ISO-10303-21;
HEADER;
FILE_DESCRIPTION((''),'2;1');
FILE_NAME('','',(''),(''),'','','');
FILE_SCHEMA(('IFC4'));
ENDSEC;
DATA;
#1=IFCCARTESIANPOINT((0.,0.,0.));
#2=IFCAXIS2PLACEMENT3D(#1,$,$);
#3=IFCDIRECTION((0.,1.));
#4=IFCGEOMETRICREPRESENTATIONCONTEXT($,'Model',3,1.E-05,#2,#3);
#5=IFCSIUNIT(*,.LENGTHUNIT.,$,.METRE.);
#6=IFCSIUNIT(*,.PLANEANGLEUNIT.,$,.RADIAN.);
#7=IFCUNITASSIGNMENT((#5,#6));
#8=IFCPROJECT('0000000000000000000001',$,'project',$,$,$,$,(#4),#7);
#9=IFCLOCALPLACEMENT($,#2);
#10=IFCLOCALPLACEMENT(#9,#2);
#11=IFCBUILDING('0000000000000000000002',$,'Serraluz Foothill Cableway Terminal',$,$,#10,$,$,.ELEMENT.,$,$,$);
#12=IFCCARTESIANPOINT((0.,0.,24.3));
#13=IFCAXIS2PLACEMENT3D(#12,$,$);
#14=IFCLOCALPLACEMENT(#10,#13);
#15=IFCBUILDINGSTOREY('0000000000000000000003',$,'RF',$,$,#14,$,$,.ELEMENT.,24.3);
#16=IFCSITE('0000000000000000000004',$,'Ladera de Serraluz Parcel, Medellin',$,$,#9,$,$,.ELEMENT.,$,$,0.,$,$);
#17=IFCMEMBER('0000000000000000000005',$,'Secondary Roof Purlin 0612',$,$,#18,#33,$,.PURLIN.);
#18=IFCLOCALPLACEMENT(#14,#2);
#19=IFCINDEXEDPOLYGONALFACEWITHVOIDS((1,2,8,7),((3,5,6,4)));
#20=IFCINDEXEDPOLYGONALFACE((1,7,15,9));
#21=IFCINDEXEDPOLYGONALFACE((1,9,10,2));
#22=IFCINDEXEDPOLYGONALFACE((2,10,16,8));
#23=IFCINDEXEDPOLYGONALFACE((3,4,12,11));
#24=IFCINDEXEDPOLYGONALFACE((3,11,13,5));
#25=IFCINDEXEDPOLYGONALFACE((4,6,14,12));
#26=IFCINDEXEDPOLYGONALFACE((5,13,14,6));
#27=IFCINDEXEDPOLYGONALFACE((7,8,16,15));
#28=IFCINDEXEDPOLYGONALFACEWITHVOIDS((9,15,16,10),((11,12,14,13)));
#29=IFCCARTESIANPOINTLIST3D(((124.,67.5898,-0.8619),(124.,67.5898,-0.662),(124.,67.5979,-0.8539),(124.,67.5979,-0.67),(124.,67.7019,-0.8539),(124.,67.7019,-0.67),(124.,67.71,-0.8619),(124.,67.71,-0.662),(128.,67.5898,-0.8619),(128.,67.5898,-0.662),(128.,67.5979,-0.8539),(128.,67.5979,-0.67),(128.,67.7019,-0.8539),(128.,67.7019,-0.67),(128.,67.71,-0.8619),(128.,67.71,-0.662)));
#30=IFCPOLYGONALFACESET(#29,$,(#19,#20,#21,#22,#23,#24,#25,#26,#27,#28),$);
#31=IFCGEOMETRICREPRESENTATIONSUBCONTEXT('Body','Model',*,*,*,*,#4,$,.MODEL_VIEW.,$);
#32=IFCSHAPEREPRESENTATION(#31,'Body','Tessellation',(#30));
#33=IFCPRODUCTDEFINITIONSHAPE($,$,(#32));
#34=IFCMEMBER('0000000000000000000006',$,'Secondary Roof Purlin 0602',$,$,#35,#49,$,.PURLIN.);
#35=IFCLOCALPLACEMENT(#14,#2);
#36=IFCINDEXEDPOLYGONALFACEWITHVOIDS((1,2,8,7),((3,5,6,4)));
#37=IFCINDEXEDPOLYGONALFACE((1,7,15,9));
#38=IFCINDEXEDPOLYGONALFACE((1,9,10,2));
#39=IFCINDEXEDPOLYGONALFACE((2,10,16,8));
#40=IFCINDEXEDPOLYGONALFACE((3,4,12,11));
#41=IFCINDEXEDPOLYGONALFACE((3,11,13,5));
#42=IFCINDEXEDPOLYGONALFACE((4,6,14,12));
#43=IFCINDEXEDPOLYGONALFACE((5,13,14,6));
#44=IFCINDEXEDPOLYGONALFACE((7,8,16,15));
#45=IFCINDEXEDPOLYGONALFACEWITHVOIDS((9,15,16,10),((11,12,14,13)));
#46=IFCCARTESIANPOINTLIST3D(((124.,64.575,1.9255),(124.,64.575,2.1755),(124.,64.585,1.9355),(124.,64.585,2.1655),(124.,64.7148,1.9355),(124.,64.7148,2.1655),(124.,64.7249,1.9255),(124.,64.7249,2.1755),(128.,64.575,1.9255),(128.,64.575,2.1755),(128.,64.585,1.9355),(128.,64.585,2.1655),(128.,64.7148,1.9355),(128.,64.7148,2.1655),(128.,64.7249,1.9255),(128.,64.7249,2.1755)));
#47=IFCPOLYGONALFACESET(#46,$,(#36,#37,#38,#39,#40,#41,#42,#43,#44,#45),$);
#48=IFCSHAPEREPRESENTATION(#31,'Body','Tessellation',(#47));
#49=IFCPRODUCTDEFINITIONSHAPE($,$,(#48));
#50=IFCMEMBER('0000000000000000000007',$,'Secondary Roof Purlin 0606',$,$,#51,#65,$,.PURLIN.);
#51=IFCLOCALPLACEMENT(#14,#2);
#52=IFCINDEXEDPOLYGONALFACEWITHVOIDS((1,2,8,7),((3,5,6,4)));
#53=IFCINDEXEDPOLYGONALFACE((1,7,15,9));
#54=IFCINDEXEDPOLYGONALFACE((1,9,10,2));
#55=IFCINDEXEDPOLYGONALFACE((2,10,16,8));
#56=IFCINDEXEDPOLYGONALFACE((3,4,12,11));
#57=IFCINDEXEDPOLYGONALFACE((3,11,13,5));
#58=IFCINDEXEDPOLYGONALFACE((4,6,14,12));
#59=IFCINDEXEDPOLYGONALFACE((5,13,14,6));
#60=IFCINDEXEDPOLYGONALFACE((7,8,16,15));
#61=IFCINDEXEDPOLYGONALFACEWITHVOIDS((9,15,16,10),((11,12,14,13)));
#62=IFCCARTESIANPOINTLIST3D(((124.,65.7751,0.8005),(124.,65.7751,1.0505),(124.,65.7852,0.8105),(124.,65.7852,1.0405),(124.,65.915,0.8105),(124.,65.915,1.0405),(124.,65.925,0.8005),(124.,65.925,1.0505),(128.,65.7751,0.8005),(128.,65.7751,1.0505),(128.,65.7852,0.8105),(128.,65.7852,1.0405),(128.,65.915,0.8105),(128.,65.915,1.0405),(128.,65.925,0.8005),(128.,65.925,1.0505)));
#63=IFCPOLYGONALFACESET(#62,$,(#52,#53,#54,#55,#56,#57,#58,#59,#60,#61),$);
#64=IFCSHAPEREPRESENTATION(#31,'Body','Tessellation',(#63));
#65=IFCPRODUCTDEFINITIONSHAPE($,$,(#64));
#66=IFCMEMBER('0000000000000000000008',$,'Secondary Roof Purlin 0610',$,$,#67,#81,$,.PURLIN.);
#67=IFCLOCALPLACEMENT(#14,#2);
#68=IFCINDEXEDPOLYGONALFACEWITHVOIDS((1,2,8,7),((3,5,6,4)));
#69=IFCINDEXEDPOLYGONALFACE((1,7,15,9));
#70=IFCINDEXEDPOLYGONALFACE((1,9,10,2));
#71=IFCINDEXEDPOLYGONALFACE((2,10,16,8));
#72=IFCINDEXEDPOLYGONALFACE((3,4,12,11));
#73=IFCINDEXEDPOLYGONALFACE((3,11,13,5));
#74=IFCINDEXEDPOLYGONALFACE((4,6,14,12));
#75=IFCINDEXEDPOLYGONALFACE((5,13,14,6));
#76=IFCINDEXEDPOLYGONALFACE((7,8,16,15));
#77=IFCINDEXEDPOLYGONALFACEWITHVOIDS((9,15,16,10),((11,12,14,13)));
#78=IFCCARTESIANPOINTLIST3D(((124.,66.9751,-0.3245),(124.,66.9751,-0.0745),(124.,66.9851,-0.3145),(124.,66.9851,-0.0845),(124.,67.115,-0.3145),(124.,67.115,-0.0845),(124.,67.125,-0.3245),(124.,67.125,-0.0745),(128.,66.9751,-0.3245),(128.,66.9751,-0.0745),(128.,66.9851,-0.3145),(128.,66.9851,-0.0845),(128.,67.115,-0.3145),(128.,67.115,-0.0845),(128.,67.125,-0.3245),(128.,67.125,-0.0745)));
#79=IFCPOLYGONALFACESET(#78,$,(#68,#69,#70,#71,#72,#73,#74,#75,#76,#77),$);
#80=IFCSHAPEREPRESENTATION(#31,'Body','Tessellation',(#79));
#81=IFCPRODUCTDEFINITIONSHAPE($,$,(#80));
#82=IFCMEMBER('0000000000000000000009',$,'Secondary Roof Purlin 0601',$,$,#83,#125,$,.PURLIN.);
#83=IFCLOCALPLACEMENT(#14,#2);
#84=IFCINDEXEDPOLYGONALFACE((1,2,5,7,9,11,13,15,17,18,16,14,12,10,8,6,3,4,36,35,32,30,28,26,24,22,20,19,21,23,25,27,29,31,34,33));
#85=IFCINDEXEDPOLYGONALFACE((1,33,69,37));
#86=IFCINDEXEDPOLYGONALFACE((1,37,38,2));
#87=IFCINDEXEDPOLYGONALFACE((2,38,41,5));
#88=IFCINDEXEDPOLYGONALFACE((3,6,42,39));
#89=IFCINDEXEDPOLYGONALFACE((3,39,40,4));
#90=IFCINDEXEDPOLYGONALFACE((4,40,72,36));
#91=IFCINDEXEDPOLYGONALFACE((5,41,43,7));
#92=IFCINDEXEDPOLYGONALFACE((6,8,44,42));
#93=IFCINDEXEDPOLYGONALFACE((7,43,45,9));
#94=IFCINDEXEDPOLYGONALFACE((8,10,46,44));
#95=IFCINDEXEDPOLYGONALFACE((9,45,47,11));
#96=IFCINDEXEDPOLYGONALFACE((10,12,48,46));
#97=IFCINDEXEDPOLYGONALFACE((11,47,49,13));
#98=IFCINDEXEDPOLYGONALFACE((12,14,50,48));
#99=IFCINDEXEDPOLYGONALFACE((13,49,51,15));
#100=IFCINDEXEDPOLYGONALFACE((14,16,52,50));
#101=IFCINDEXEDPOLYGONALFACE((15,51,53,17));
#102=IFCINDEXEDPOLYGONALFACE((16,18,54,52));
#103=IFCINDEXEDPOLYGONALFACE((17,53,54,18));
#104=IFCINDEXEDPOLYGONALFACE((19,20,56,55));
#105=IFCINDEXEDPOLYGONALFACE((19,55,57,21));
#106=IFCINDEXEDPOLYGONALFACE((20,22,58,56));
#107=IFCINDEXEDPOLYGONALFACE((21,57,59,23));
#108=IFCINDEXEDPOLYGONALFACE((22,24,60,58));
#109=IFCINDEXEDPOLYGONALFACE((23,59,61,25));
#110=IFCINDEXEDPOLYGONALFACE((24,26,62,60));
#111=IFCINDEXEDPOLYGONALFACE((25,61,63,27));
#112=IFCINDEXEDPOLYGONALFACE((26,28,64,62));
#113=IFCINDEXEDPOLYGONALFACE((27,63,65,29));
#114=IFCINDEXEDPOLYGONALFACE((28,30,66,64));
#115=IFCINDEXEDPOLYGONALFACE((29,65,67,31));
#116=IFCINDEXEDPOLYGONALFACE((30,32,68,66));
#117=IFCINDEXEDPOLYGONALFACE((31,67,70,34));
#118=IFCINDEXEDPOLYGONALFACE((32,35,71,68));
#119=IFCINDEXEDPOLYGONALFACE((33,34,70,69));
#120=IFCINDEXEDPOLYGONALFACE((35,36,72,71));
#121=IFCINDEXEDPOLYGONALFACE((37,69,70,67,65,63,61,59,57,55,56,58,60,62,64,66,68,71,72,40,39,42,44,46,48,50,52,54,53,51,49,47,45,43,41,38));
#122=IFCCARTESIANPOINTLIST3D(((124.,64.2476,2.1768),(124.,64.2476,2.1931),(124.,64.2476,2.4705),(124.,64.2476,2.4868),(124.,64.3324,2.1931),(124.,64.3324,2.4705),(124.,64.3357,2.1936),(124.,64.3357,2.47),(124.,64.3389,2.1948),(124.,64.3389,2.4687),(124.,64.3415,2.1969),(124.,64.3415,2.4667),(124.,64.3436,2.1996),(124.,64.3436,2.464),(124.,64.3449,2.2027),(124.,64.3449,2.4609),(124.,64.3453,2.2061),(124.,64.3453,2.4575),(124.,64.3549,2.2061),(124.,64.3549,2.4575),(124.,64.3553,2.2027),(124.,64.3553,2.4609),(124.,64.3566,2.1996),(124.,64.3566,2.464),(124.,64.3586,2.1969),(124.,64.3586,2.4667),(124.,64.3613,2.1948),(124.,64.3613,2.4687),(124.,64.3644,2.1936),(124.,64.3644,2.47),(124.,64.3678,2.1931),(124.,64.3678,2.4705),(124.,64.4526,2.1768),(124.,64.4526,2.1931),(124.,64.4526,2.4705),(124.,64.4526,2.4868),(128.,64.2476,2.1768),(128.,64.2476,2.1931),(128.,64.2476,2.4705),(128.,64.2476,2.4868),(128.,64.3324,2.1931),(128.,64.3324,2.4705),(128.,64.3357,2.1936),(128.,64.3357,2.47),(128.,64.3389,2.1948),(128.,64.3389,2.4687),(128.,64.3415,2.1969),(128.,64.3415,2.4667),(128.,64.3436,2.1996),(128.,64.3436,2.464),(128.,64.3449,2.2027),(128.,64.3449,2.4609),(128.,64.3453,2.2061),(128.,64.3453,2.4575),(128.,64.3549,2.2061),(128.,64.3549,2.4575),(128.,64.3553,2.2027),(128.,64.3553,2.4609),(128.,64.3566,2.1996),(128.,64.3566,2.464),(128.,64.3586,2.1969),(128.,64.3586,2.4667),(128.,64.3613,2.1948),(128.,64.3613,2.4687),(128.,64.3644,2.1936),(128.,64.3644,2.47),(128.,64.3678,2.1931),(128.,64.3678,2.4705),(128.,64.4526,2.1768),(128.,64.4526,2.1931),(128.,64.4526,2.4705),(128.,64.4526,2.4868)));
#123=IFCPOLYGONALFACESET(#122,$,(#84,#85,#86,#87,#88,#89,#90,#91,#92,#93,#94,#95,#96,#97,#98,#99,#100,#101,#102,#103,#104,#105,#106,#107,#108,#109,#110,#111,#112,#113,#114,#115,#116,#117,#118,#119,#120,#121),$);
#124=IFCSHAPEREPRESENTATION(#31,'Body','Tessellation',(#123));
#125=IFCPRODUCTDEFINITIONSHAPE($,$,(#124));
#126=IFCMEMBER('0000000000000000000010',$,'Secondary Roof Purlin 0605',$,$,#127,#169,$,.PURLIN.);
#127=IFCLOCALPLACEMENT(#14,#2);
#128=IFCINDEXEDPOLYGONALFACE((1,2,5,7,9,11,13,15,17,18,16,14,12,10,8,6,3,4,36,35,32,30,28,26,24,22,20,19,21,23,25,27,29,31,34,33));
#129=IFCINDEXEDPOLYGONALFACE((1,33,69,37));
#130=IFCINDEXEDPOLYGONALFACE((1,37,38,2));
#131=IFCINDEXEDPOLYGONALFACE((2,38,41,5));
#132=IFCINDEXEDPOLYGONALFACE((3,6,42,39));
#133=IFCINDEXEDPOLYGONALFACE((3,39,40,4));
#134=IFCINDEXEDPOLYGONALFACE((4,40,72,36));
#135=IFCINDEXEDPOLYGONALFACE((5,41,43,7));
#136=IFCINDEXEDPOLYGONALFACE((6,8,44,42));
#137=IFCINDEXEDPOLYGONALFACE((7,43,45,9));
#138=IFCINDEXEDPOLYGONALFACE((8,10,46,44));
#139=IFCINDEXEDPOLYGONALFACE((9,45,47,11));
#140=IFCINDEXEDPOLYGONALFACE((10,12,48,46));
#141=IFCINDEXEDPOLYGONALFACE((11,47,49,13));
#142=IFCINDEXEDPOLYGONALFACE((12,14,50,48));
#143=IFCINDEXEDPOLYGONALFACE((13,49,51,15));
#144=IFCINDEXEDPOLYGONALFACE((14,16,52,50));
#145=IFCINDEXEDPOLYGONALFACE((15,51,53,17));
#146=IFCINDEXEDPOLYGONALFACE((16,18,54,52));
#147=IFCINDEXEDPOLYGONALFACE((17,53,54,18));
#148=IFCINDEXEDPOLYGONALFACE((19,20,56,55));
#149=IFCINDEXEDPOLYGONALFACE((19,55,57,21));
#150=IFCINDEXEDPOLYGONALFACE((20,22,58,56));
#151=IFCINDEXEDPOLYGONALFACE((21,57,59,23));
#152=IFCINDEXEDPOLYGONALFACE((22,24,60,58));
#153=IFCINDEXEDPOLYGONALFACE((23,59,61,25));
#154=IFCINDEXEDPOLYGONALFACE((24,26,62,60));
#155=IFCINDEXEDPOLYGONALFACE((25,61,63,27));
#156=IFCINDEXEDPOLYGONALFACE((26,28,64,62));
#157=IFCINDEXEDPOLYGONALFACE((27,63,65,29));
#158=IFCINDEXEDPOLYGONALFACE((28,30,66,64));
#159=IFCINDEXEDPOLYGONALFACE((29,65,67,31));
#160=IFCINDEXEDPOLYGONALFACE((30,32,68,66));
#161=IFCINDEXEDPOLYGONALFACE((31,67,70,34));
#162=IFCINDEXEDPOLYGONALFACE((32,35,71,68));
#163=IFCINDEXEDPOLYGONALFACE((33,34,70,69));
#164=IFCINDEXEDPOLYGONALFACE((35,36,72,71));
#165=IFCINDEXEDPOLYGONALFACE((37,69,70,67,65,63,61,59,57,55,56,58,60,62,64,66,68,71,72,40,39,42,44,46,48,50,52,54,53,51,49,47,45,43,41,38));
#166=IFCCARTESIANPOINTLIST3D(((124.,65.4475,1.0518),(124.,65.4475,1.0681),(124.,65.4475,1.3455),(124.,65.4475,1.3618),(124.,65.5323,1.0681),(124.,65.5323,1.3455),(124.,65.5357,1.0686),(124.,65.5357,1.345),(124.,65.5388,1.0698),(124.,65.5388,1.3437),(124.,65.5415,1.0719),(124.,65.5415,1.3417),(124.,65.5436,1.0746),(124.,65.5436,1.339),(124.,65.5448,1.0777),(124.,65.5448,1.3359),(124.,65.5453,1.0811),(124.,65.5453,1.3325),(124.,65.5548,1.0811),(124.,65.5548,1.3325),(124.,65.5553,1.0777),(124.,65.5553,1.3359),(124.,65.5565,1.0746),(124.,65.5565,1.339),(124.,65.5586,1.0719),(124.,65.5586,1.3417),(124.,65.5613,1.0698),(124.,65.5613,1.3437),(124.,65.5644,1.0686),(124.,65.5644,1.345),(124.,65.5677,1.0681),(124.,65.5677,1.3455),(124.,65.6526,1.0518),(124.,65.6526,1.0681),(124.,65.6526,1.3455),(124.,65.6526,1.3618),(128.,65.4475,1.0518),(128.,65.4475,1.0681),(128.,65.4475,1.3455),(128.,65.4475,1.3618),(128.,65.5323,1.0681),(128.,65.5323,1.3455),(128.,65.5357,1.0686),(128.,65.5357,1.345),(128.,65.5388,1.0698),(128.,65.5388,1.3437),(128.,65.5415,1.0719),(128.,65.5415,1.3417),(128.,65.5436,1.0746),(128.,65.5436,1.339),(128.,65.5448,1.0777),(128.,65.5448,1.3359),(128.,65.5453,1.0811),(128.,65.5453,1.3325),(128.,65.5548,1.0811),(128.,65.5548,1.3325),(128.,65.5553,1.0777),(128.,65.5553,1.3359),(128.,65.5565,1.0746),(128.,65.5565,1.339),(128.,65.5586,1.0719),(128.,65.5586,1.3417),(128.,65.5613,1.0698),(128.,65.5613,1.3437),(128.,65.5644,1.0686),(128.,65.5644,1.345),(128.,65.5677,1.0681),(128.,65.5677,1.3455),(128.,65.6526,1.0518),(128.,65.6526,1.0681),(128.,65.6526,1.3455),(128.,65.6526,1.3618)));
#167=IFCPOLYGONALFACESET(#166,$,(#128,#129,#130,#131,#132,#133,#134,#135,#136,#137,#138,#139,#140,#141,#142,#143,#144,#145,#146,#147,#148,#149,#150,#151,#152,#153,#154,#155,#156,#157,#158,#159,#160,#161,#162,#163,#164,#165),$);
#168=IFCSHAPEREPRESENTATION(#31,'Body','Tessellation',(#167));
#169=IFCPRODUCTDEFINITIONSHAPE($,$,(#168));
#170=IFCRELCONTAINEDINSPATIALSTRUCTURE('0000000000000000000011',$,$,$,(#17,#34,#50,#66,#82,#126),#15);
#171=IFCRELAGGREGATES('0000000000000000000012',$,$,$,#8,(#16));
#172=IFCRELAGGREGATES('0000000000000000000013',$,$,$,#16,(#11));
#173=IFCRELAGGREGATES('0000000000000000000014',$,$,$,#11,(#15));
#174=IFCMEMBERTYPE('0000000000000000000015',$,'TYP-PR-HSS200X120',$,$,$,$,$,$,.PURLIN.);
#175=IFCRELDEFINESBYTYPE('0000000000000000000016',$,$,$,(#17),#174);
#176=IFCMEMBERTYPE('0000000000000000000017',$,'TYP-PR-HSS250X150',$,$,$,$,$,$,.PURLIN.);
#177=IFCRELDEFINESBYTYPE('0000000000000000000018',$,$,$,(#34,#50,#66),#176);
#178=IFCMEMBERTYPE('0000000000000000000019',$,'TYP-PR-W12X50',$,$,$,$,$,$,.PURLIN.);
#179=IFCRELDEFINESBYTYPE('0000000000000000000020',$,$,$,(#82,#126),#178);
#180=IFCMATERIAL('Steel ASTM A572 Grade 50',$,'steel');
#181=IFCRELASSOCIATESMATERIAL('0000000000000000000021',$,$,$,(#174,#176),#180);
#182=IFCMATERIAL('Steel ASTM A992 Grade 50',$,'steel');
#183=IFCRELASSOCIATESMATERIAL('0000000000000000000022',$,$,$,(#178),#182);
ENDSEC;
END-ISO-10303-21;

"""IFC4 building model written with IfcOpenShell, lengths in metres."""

from ifc_helpers import new_model, si_unit, direction, frame, origin, origin_2d, place, context, subcontext, project, spatial, hollow_rectangle, i_section, extrude, material, material_profile, profile_set, type_object, element, save


model = new_model("IFC4")

# Units and contexts
model_context = context("Model", 3, precision=1e-05, world=origin(), true_north=direction((0.0, 1.0)))
body_context = subcontext(model_context, "Body", "Model", "MODEL_VIEW")
ifc_project = project(units=[si_unit("LENGTHUNIT", "METRE"), si_unit("PLANEANGLEUNIT", "RADIAN")], contexts=[model_context])

# Site, building, storey
site_placement = place(None, origin())
site = spatial("IfcSite", under=ifc_project, at=site_placement, Name="Ladera de Serraluz Parcel, Medellin", CompositionType="ELEMENT", RefElevation=0.0)
building_placement = place(site_placement, origin())
building = spatial("IfcBuilding", under=site, at=building_placement, Name="Serraluz Foothill Cableway Terminal", CompositionType="ELEMENT")
storey_placement = place(building_placement, frame((0.0, 0.0, 24.3)))
storey = spatial("IfcBuildingStorey", under=building, at=storey_placement, Name="RF", CompositionType="ELEMENT", Elevation=24.3)

# Members
ifc_material_1 = material(Name="Steel ASTM A572 Grade 50", Category="steel")
ifc_material_profile_1 = material_profile(ifc_material_1, hollow_rectangle(XDim=0.1201, YDim=0.2, WallThickness=0.0081, at=origin_2d()), Name="HSS200X120X8")
ifc_profile_set_1 = profile_set([ifc_material_profile_1], Name="Steel ASTM A572 Grade 50")
member_type_1 = type_object("IfcMemberType", Name="TYP-PR-HSS200X120", PredefinedType="PURLIN", material=ifc_profile_set_1)
for number, where, z_axis, x_axis, name in (
    (1, (124.0, 67.6499, -0.762), (1.0, 0.0, 0.0), (0.0, 1.0, 0.0), "Secondary Roof Purlin 0612"),
):
    element("IfcMember", number, at=place(storey_placement, frame(where, z_axis=z_axis, x_axis=x_axis)), inside=storey, type_object=member_type_1, Name=name, PredefinedType="PURLIN", context=body_context, shape_type="SweptSolid", body=[
        extrude(hollow_rectangle(XDim=0.1201, YDim=0.2, WallThickness=0.0081, at=origin_2d()), origin(), (0.0, 0.0, 1.0), 4.0),
    ])
ifc_material_profile_2 = material_profile(ifc_material_1, hollow_rectangle(XDim=0.1499, YDim=0.25, WallThickness=0.01, at=origin_2d()), Name="HSS250X150X10")
ifc_profile_set_2 = profile_set([ifc_material_profile_2], Name="Steel ASTM A572 Grade 50")
member_type_2 = type_object("IfcMemberType", Name="TYP-PR-HSS250X150", PredefinedType="PURLIN", material=ifc_profile_set_2)
for number, where, z_axis, x_axis, name in (
    (2, (124.0, 64.6499, 2.0505), (1.0, 0.0, 0.0), (0.0, 1.0, 0.0), "Secondary Roof Purlin 0602"),
    (3, (124.0, 65.8501, 0.9255), (1.0, 0.0, 0.0), (0.0, 1.0, 0.0), "Secondary Roof Purlin 0606"),
    (4, (124.0, 67.05, -0.1995), (1.0, 0.0, 0.0), (0.0, 1.0, 0.0), "Secondary Roof Purlin 0610"),
):
    element("IfcMember", number, at=place(storey_placement, frame(where, z_axis=z_axis, x_axis=x_axis)), inside=storey, type_object=member_type_2, Name=name, PredefinedType="PURLIN", context=body_context, shape_type="SweptSolid", body=[
        extrude(hollow_rectangle(XDim=0.1499, YDim=0.25, WallThickness=0.01, at=origin_2d()), origin(), (0.0, 0.0, 1.0), 4.0),
    ])
ifc_material_2 = material(Name="Steel ASTM A992 Grade 50", Category="steel")
ifc_material_profile_3 = material_profile(ifc_material_2, i_section(OverallWidth=0.2051, OverallDepth=0.3101, WebThickness=0.0095, FlangeThickness=0.0164, FilletRadius=0.0129, at=origin_2d()), Name="W12X50")
ifc_profile_set_3 = profile_set([ifc_material_profile_3], Name="Steel ASTM A992 Grade 50")
member_type_3 = type_object("IfcMemberType", Name="TYP-PR-W12X50", PredefinedType="PURLIN", material=ifc_profile_set_3)
for number, where, z_axis, x_axis, name in (
    (5, (124.0, 64.3501, 2.3318), (1.0, 0.0, 0.0), (0.0, 1.0, 0.0), "Secondary Roof Purlin 0601"),
    (6, (124.0, 65.55, 1.2068), (1.0, 0.0, 0.0), (0.0, 1.0, 0.0), "Secondary Roof Purlin 0605"),
):
    element("IfcMember", number, at=place(storey_placement, frame(where, z_axis=z_axis, x_axis=x_axis)), inside=storey, type_object=member_type_3, Name=name, PredefinedType="PURLIN", context=body_context, shape_type="SweptSolid", body=[
        extrude(i_section(OverallWidth=0.2051, OverallDepth=0.3101, WebThickness=0.0095, FlangeThickness=0.0164, FilletRadius=0.0129, at=origin_2d()), origin(), (0.0, 0.0, 1.0), 4.0),
    ])

save(model, "model.ifc")
